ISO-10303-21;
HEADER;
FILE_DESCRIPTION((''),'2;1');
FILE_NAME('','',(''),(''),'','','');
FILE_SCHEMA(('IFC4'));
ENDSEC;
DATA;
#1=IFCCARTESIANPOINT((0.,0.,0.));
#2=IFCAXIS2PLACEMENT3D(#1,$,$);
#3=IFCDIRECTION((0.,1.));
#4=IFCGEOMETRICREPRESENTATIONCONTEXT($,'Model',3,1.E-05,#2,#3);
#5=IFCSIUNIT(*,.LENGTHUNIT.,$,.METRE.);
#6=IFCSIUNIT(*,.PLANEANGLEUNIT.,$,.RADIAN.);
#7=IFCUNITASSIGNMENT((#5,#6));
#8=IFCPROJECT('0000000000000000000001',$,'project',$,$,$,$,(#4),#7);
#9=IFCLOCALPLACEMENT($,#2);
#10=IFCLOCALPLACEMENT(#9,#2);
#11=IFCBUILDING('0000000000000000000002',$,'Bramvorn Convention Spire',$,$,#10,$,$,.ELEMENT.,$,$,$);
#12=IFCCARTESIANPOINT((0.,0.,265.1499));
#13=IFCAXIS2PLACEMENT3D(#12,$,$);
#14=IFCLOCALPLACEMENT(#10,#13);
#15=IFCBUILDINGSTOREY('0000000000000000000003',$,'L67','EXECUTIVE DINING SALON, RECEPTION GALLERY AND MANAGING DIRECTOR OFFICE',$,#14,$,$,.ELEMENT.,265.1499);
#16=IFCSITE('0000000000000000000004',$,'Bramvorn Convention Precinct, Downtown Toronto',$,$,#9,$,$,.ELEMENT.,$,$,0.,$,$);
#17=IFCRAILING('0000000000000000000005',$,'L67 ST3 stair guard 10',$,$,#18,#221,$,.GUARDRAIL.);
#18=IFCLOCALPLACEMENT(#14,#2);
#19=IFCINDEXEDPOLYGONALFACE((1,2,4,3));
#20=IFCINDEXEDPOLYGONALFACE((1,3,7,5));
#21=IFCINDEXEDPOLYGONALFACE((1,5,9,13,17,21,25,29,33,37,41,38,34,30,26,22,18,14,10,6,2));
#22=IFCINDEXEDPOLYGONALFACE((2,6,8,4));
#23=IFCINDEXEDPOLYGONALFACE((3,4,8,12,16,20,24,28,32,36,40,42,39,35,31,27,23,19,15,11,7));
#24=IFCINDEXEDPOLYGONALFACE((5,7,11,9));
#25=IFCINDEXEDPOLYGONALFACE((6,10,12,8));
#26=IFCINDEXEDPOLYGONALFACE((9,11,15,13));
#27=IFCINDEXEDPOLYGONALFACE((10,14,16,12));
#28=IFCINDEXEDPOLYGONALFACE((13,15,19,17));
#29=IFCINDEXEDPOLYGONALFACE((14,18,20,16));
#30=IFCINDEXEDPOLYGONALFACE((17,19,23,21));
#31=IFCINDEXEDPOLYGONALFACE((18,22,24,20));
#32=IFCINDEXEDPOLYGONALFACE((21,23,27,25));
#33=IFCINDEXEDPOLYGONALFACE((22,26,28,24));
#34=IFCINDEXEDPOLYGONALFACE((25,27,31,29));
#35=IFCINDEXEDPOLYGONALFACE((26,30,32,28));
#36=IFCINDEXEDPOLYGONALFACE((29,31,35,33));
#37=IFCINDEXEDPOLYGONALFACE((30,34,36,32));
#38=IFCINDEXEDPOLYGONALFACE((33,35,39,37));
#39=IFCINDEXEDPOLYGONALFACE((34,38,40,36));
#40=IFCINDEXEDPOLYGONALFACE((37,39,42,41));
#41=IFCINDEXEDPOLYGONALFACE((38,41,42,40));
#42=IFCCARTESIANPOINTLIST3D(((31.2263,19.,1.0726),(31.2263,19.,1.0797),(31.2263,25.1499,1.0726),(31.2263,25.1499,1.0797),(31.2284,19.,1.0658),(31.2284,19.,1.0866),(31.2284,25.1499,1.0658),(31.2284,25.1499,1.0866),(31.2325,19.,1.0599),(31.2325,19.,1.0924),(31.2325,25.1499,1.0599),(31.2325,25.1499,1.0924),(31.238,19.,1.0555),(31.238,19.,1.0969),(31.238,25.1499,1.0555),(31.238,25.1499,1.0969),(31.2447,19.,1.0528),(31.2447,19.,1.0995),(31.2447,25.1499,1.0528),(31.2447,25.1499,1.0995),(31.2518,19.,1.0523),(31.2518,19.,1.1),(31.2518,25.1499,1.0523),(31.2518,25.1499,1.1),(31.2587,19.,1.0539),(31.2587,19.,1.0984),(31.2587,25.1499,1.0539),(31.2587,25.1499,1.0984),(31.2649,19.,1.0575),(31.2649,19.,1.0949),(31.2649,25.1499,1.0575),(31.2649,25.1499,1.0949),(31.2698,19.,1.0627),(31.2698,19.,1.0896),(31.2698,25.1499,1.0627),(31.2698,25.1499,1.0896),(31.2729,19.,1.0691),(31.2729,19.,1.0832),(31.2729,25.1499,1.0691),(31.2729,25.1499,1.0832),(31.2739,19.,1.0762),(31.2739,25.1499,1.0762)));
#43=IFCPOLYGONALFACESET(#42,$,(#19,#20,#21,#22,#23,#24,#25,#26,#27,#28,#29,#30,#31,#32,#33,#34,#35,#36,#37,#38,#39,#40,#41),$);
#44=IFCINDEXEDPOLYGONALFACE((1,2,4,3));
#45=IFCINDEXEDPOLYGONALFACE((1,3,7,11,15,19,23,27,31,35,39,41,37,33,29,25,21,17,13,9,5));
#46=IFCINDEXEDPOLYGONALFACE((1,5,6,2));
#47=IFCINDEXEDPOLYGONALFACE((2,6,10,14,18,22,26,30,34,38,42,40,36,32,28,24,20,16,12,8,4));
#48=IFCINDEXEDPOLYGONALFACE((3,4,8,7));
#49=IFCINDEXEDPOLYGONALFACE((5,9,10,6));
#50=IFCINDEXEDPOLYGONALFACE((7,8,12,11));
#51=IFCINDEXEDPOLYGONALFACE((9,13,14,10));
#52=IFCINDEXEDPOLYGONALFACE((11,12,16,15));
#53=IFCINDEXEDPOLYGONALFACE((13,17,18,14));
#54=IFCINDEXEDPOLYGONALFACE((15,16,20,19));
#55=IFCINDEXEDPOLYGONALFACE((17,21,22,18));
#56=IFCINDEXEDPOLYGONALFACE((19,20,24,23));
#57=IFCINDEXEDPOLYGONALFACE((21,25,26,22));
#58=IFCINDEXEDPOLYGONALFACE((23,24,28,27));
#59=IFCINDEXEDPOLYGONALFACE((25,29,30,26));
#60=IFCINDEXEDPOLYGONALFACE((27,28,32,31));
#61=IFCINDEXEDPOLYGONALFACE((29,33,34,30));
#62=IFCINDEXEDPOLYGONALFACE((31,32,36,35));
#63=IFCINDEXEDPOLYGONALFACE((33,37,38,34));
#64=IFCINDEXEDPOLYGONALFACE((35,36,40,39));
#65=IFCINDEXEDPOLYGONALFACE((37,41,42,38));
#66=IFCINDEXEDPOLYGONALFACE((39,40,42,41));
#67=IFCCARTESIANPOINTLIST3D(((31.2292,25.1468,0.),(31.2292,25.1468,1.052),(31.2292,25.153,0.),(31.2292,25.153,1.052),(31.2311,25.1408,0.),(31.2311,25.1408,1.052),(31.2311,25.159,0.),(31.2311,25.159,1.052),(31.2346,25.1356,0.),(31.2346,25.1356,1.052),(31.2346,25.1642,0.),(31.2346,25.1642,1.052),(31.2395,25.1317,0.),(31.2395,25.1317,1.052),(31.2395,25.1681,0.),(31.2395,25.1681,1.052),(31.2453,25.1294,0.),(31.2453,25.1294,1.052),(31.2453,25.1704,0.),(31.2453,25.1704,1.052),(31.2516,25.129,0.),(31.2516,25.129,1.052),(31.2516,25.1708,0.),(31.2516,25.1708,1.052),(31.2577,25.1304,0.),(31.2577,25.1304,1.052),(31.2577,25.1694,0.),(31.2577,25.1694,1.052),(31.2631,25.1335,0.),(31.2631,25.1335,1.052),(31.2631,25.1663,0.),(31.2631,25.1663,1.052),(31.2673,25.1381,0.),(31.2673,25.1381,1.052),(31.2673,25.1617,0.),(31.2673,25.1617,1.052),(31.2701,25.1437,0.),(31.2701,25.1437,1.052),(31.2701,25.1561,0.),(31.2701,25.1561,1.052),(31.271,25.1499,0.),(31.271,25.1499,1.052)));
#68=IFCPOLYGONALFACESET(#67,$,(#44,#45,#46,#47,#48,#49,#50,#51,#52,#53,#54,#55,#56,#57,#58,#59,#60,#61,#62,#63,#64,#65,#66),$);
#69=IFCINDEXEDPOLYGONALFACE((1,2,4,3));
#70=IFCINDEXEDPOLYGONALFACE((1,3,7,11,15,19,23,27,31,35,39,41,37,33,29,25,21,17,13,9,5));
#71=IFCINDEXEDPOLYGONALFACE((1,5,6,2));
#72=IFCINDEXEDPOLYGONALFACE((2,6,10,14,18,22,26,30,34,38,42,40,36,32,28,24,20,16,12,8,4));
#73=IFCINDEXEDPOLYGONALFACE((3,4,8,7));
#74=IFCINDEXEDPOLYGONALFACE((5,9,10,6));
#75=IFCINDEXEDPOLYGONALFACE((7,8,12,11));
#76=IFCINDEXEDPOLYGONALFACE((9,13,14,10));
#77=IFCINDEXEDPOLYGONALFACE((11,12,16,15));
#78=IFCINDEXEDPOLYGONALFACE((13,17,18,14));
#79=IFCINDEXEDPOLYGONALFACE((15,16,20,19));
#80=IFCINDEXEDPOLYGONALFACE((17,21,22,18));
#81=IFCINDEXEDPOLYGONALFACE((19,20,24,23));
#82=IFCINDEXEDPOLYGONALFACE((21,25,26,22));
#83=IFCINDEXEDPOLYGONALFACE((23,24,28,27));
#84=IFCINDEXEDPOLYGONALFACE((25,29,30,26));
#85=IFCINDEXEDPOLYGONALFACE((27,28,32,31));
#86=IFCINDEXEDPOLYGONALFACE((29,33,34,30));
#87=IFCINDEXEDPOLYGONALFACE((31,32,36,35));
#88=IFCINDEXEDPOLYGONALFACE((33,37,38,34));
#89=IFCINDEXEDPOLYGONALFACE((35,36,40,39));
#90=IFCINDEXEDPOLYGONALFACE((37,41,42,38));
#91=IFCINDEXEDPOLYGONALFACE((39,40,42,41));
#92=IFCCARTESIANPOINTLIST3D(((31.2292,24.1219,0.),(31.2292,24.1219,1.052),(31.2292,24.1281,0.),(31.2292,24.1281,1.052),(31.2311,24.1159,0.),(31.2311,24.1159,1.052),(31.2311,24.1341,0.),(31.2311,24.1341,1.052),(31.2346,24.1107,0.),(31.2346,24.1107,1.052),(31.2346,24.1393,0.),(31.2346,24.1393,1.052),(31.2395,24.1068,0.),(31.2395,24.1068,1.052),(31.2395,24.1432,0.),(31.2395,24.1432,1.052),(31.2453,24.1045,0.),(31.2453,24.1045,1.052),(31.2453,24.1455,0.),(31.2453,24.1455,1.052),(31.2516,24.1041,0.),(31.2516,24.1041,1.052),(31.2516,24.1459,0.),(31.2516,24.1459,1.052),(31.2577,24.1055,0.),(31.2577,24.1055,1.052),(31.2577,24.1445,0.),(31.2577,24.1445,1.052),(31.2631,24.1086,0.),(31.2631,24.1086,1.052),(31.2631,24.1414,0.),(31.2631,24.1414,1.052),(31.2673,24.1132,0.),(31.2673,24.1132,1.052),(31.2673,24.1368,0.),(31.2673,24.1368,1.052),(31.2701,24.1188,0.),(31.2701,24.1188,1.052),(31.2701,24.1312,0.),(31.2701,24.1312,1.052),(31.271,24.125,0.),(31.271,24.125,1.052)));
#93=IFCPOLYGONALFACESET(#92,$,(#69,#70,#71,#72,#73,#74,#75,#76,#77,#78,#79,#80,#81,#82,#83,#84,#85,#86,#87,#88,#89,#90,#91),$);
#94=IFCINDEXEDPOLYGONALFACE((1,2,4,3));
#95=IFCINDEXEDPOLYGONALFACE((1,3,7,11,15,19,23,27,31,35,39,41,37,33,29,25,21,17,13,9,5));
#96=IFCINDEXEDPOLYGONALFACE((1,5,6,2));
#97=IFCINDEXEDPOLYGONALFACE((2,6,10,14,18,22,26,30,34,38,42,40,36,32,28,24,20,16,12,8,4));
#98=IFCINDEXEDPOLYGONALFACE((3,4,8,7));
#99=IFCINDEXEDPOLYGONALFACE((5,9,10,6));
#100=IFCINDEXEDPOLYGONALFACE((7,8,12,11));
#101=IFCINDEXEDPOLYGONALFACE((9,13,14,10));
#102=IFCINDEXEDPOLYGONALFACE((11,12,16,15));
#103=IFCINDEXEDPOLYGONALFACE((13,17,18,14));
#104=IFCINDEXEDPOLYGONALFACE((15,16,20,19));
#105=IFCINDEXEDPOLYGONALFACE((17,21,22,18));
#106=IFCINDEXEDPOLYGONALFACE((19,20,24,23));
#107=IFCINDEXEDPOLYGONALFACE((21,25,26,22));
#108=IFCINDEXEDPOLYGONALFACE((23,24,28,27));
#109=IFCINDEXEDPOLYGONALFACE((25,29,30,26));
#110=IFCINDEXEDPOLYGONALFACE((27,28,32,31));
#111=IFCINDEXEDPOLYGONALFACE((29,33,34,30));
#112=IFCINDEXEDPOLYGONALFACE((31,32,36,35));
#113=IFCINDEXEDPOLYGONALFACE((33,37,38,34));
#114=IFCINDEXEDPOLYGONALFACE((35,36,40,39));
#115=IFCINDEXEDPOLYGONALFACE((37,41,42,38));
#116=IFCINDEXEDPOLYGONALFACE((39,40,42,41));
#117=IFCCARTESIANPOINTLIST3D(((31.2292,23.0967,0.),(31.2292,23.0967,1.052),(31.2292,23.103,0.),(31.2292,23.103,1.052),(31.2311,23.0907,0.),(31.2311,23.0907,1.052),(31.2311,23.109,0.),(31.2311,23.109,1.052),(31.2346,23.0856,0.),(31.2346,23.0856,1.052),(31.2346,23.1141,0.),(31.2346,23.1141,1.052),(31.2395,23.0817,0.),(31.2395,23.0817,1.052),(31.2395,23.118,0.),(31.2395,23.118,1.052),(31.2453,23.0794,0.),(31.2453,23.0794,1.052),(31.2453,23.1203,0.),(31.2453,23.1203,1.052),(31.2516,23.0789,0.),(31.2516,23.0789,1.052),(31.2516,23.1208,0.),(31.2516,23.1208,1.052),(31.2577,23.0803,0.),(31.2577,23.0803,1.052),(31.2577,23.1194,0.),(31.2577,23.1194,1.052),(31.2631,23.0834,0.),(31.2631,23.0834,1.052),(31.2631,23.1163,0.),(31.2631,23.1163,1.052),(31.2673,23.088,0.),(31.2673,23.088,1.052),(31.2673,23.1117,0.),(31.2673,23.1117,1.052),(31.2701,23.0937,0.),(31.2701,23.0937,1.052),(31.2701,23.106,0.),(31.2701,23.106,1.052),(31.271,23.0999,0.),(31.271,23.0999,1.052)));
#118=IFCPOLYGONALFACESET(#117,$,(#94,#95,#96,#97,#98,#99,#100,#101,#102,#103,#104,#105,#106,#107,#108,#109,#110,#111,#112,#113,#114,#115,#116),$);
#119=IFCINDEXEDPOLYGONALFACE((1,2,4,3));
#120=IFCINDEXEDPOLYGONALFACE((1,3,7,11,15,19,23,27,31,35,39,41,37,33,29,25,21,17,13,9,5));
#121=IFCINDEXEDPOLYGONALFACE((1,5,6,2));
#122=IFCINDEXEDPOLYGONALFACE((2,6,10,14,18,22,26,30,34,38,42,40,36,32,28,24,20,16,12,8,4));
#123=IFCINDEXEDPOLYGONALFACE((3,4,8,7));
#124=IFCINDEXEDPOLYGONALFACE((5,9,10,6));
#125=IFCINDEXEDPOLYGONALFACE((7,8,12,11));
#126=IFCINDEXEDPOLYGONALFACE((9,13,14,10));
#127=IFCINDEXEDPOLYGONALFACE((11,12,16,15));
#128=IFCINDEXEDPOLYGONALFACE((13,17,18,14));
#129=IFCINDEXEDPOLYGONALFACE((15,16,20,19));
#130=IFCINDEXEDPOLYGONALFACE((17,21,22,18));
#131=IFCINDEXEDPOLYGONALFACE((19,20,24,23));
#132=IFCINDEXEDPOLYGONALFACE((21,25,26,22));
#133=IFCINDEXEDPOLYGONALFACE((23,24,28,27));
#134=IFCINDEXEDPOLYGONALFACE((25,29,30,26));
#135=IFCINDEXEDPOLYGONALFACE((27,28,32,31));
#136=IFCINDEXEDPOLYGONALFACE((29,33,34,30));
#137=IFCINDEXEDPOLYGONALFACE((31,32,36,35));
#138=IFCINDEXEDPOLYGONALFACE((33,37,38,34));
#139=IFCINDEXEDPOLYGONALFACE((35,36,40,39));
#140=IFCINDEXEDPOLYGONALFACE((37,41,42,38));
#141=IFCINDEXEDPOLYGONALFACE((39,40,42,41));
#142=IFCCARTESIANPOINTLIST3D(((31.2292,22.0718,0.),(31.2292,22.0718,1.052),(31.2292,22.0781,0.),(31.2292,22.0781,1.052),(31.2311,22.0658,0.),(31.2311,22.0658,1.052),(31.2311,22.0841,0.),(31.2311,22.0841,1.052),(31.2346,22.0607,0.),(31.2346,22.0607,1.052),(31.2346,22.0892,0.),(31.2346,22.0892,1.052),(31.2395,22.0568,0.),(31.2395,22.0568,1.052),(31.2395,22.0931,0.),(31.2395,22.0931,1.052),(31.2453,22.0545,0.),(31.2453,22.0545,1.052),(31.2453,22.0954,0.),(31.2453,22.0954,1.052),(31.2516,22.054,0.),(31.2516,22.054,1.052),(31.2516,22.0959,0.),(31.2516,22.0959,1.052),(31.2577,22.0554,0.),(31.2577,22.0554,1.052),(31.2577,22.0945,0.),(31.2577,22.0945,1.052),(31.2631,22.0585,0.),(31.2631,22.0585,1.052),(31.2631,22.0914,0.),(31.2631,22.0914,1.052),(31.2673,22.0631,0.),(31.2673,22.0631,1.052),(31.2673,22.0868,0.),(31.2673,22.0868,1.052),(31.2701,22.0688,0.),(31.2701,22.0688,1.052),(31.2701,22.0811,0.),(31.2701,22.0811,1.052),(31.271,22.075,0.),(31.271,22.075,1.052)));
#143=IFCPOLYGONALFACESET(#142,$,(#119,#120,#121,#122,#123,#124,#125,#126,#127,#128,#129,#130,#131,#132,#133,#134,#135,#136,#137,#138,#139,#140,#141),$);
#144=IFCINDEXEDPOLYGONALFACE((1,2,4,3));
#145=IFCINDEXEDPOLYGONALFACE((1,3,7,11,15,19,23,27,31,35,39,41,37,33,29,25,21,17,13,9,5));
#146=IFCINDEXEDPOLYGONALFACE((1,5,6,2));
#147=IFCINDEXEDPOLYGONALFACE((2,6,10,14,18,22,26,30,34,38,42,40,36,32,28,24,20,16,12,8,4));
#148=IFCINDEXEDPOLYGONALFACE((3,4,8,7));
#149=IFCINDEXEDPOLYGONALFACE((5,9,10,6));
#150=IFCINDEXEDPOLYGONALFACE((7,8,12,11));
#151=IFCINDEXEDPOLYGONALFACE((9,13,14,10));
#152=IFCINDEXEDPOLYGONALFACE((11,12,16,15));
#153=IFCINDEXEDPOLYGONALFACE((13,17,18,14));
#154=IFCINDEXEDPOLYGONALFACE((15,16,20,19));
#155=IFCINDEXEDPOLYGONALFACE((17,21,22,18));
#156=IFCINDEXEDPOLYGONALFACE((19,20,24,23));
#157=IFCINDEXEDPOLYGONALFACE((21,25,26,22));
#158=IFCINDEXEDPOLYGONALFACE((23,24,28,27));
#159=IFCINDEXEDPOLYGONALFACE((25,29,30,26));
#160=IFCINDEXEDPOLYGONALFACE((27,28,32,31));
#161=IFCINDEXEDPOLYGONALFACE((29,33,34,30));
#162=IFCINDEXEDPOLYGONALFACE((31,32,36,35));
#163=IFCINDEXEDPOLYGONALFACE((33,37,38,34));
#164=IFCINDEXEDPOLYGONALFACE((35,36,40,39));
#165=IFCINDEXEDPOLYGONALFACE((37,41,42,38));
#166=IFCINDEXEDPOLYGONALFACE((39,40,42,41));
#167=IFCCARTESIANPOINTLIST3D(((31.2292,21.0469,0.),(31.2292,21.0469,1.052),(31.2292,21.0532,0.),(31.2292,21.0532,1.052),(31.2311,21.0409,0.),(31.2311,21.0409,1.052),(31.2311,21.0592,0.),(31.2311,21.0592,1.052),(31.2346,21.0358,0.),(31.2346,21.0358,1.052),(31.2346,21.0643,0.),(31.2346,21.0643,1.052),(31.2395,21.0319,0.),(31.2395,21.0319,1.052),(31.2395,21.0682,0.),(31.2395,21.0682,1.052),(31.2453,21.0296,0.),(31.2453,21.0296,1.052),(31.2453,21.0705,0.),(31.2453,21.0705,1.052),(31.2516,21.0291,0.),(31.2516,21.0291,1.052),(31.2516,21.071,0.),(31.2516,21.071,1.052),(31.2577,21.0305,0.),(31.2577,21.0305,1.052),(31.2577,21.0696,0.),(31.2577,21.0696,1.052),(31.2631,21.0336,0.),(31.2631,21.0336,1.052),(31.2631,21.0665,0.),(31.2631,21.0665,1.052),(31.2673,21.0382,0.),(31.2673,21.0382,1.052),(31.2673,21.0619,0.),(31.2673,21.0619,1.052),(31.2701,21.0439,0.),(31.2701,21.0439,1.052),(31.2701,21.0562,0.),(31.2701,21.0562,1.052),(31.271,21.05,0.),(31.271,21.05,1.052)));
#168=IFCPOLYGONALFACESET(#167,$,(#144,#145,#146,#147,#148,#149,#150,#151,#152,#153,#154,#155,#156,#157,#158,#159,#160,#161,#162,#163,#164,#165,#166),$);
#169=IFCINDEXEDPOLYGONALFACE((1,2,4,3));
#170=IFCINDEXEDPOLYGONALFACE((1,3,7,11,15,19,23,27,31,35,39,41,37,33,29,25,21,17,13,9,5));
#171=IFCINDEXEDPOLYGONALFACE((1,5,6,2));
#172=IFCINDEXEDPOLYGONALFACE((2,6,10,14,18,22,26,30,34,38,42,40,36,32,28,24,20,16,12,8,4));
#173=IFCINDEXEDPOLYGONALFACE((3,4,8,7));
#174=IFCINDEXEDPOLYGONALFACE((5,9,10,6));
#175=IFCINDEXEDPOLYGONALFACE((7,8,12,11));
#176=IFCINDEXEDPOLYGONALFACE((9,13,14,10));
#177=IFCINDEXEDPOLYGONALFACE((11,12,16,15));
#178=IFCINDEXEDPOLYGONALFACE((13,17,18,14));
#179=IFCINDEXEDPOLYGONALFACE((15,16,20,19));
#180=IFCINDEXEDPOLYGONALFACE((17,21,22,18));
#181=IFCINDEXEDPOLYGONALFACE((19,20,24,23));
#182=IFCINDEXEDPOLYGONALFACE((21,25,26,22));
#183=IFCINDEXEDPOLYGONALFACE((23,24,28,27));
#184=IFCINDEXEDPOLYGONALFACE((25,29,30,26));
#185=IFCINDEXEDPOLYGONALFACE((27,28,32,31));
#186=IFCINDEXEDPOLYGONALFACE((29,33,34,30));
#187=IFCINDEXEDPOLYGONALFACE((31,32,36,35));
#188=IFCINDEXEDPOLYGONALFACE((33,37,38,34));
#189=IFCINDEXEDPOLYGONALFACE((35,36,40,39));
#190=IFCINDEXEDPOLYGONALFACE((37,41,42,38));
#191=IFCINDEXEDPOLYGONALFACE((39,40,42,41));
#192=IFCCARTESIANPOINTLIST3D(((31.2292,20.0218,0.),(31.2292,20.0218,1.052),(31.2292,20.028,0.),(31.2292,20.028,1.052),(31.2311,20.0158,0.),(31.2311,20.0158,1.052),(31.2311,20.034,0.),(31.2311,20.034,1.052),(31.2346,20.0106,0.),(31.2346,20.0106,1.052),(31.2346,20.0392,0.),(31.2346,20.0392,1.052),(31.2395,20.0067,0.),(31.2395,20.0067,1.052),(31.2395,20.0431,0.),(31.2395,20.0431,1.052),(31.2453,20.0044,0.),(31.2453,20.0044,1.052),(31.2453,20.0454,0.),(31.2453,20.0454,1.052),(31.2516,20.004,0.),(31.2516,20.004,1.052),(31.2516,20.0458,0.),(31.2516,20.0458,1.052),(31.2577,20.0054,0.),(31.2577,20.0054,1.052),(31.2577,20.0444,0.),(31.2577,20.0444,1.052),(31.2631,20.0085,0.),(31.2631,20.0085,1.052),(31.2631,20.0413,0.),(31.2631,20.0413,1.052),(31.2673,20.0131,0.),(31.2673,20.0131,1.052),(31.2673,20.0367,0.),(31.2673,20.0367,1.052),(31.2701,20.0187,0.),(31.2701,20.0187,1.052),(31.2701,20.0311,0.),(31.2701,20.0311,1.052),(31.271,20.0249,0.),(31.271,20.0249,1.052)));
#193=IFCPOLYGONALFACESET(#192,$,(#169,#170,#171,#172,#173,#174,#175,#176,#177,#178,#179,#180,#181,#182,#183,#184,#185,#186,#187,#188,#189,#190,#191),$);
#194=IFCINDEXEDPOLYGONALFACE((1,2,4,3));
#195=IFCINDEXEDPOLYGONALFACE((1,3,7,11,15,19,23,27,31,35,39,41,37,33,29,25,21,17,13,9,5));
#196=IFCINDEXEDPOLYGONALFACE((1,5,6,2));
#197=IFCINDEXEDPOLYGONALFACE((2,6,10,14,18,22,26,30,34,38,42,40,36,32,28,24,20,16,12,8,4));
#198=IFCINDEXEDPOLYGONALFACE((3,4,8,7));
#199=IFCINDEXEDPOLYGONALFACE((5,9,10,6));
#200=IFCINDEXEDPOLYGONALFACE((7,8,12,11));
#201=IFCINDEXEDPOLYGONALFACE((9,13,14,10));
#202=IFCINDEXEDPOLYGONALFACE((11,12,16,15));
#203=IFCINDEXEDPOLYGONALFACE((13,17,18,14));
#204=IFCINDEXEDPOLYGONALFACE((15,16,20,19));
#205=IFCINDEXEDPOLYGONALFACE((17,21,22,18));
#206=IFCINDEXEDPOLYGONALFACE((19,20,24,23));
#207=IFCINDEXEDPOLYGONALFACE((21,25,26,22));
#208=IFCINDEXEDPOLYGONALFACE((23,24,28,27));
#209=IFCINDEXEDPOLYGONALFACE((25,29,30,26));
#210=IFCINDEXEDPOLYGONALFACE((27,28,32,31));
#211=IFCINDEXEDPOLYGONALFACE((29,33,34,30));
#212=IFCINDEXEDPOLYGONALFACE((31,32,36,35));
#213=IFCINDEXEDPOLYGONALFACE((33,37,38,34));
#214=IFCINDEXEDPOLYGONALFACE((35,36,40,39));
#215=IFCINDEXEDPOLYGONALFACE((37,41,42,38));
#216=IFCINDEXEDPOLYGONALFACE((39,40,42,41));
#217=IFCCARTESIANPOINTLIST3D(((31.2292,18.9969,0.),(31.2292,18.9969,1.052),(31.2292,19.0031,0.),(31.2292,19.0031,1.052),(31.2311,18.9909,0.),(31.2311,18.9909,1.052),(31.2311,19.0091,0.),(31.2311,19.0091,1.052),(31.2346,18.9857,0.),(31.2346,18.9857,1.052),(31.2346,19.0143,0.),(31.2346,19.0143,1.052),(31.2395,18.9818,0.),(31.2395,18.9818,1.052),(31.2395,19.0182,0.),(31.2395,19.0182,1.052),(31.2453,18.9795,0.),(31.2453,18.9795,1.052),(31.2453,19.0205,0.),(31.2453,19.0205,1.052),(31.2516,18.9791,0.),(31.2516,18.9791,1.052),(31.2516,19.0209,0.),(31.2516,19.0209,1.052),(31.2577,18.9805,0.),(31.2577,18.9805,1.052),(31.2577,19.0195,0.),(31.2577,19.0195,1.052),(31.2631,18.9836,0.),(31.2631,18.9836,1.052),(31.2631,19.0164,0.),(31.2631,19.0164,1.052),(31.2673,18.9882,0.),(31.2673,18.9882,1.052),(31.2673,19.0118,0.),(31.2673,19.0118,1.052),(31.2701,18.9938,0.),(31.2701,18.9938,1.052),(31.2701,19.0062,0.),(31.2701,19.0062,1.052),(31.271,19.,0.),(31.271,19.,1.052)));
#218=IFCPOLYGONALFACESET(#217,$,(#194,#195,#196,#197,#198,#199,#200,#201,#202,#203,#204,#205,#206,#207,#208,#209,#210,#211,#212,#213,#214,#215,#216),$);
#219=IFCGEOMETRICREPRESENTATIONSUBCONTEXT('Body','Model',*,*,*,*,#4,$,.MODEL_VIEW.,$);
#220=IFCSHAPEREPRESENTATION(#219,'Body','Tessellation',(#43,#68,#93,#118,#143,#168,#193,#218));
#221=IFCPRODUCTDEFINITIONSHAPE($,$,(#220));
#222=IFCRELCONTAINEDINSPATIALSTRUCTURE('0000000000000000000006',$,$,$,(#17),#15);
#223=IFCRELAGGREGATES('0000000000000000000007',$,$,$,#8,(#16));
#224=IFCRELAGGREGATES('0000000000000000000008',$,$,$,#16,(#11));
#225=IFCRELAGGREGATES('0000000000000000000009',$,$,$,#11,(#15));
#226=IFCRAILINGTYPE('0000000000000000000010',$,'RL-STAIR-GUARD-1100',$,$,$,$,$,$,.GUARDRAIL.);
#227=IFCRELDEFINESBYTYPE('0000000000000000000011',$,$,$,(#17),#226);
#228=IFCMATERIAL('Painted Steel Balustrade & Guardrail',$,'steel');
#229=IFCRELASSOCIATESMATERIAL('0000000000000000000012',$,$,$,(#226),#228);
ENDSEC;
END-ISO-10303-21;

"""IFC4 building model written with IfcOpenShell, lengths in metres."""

from ifc_helpers import new_model, si_unit, direction, frame, origin, origin_2d, place, context, subcontext, project, spatial, circle, extrude, material, type_object, element, save


model = new_model("IFC4")

# Units and contexts
model_context = context("Model", 3, precision=1e-05, world=origin(), true_north=direction((0.0, 1.0)))
body_context = subcontext(model_context, "Body", "Model", "MODEL_VIEW")
ifc_project = project(units=[si_unit("LENGTHUNIT", "METRE"), si_unit("PLANEANGLEUNIT", "RADIAN")], contexts=[model_context])

# Site, building, storey
site_placement = place(None, origin())
site = spatial("IfcSite", under=ifc_project, at=site_placement, Name="Bramvorn Convention Precinct, Downtown Toronto", CompositionType="ELEMENT", RefElevation=0.0)
building_placement = place(site_placement, origin())
building = spatial("IfcBuilding", under=site, at=building_placement, Name="Bramvorn Convention Spire", CompositionType="ELEMENT")
storey_placement = place(building_placement, frame((0.0, 0.0, 265.1499)))
storey = spatial("IfcBuildingStorey", under=building, at=storey_placement, Name="L67", Description="EXECUTIVE DINING SALON, RECEPTION GALLERY AND MANAGING DIRECTOR OFFICE", CompositionType="ELEMENT", Elevation=265.1499)

# Railing
ifc_material_1 = material(Name="Painted Steel Balustrade & Guardrail", Category="steel")
railing_type = type_object("IfcRailingType", Name="RL-STAIR-GUARD-1100", PredefinedType="GUARDRAIL", material=ifc_material_1)
railing_1_placement = place(storey_placement, frame((31.25, 25.1499, 0.0)))
element("IfcRailing", 1, at=railing_1_placement, inside=storey, type_object=railing_type, Name="L67 ST3 stair guard 10", PredefinedType="GUARDRAIL", context=body_context, shape_type="SweptSolid", body=[
    extrude(circle(Radius=0.0239, at=origin_2d()), frame((0.0, 0.0, 1.0762), z_axis=(0.0, -1.0, 0.0), x_axis=(1.0, 0.0, 0.0)), (0.0, 0.0, 1.0), 6.1499),
    extrude(circle(Radius=0.021, at=origin_2d()), origin(), (0.0, 0.0, 1.0), 1.052),
    extrude(circle(Radius=0.021, at=origin_2d()), frame((0.0, -1.0249, 0.0)), (0.0, 0.0, 1.0), 1.052),
    extrude(circle(Radius=0.021, at=origin_2d()), frame((0.0, -2.05, 0.0)), (0.0, 0.0, 1.0), 1.052),
    extrude(circle(Radius=0.021, at=origin_2d()), frame((0.0, -3.075, 0.0)), (0.0, 0.0, 1.0), 1.052),
    extrude(circle(Radius=0.021, at=origin_2d()), frame((0.0, -4.0999, 0.0)), (0.0, 0.0, 1.0), 1.052),
    extrude(circle(Radius=0.021, at=origin_2d()), frame((0.0, -5.125, 0.0)), (0.0, 0.0, 1.0), 1.052),
    extrude(circle(Radius=0.021, at=origin_2d()), frame((0.0, -6.1499, 0.0)), (0.0, 0.0, 1.0), 1.052),
])

save(model, "model.ifc")
